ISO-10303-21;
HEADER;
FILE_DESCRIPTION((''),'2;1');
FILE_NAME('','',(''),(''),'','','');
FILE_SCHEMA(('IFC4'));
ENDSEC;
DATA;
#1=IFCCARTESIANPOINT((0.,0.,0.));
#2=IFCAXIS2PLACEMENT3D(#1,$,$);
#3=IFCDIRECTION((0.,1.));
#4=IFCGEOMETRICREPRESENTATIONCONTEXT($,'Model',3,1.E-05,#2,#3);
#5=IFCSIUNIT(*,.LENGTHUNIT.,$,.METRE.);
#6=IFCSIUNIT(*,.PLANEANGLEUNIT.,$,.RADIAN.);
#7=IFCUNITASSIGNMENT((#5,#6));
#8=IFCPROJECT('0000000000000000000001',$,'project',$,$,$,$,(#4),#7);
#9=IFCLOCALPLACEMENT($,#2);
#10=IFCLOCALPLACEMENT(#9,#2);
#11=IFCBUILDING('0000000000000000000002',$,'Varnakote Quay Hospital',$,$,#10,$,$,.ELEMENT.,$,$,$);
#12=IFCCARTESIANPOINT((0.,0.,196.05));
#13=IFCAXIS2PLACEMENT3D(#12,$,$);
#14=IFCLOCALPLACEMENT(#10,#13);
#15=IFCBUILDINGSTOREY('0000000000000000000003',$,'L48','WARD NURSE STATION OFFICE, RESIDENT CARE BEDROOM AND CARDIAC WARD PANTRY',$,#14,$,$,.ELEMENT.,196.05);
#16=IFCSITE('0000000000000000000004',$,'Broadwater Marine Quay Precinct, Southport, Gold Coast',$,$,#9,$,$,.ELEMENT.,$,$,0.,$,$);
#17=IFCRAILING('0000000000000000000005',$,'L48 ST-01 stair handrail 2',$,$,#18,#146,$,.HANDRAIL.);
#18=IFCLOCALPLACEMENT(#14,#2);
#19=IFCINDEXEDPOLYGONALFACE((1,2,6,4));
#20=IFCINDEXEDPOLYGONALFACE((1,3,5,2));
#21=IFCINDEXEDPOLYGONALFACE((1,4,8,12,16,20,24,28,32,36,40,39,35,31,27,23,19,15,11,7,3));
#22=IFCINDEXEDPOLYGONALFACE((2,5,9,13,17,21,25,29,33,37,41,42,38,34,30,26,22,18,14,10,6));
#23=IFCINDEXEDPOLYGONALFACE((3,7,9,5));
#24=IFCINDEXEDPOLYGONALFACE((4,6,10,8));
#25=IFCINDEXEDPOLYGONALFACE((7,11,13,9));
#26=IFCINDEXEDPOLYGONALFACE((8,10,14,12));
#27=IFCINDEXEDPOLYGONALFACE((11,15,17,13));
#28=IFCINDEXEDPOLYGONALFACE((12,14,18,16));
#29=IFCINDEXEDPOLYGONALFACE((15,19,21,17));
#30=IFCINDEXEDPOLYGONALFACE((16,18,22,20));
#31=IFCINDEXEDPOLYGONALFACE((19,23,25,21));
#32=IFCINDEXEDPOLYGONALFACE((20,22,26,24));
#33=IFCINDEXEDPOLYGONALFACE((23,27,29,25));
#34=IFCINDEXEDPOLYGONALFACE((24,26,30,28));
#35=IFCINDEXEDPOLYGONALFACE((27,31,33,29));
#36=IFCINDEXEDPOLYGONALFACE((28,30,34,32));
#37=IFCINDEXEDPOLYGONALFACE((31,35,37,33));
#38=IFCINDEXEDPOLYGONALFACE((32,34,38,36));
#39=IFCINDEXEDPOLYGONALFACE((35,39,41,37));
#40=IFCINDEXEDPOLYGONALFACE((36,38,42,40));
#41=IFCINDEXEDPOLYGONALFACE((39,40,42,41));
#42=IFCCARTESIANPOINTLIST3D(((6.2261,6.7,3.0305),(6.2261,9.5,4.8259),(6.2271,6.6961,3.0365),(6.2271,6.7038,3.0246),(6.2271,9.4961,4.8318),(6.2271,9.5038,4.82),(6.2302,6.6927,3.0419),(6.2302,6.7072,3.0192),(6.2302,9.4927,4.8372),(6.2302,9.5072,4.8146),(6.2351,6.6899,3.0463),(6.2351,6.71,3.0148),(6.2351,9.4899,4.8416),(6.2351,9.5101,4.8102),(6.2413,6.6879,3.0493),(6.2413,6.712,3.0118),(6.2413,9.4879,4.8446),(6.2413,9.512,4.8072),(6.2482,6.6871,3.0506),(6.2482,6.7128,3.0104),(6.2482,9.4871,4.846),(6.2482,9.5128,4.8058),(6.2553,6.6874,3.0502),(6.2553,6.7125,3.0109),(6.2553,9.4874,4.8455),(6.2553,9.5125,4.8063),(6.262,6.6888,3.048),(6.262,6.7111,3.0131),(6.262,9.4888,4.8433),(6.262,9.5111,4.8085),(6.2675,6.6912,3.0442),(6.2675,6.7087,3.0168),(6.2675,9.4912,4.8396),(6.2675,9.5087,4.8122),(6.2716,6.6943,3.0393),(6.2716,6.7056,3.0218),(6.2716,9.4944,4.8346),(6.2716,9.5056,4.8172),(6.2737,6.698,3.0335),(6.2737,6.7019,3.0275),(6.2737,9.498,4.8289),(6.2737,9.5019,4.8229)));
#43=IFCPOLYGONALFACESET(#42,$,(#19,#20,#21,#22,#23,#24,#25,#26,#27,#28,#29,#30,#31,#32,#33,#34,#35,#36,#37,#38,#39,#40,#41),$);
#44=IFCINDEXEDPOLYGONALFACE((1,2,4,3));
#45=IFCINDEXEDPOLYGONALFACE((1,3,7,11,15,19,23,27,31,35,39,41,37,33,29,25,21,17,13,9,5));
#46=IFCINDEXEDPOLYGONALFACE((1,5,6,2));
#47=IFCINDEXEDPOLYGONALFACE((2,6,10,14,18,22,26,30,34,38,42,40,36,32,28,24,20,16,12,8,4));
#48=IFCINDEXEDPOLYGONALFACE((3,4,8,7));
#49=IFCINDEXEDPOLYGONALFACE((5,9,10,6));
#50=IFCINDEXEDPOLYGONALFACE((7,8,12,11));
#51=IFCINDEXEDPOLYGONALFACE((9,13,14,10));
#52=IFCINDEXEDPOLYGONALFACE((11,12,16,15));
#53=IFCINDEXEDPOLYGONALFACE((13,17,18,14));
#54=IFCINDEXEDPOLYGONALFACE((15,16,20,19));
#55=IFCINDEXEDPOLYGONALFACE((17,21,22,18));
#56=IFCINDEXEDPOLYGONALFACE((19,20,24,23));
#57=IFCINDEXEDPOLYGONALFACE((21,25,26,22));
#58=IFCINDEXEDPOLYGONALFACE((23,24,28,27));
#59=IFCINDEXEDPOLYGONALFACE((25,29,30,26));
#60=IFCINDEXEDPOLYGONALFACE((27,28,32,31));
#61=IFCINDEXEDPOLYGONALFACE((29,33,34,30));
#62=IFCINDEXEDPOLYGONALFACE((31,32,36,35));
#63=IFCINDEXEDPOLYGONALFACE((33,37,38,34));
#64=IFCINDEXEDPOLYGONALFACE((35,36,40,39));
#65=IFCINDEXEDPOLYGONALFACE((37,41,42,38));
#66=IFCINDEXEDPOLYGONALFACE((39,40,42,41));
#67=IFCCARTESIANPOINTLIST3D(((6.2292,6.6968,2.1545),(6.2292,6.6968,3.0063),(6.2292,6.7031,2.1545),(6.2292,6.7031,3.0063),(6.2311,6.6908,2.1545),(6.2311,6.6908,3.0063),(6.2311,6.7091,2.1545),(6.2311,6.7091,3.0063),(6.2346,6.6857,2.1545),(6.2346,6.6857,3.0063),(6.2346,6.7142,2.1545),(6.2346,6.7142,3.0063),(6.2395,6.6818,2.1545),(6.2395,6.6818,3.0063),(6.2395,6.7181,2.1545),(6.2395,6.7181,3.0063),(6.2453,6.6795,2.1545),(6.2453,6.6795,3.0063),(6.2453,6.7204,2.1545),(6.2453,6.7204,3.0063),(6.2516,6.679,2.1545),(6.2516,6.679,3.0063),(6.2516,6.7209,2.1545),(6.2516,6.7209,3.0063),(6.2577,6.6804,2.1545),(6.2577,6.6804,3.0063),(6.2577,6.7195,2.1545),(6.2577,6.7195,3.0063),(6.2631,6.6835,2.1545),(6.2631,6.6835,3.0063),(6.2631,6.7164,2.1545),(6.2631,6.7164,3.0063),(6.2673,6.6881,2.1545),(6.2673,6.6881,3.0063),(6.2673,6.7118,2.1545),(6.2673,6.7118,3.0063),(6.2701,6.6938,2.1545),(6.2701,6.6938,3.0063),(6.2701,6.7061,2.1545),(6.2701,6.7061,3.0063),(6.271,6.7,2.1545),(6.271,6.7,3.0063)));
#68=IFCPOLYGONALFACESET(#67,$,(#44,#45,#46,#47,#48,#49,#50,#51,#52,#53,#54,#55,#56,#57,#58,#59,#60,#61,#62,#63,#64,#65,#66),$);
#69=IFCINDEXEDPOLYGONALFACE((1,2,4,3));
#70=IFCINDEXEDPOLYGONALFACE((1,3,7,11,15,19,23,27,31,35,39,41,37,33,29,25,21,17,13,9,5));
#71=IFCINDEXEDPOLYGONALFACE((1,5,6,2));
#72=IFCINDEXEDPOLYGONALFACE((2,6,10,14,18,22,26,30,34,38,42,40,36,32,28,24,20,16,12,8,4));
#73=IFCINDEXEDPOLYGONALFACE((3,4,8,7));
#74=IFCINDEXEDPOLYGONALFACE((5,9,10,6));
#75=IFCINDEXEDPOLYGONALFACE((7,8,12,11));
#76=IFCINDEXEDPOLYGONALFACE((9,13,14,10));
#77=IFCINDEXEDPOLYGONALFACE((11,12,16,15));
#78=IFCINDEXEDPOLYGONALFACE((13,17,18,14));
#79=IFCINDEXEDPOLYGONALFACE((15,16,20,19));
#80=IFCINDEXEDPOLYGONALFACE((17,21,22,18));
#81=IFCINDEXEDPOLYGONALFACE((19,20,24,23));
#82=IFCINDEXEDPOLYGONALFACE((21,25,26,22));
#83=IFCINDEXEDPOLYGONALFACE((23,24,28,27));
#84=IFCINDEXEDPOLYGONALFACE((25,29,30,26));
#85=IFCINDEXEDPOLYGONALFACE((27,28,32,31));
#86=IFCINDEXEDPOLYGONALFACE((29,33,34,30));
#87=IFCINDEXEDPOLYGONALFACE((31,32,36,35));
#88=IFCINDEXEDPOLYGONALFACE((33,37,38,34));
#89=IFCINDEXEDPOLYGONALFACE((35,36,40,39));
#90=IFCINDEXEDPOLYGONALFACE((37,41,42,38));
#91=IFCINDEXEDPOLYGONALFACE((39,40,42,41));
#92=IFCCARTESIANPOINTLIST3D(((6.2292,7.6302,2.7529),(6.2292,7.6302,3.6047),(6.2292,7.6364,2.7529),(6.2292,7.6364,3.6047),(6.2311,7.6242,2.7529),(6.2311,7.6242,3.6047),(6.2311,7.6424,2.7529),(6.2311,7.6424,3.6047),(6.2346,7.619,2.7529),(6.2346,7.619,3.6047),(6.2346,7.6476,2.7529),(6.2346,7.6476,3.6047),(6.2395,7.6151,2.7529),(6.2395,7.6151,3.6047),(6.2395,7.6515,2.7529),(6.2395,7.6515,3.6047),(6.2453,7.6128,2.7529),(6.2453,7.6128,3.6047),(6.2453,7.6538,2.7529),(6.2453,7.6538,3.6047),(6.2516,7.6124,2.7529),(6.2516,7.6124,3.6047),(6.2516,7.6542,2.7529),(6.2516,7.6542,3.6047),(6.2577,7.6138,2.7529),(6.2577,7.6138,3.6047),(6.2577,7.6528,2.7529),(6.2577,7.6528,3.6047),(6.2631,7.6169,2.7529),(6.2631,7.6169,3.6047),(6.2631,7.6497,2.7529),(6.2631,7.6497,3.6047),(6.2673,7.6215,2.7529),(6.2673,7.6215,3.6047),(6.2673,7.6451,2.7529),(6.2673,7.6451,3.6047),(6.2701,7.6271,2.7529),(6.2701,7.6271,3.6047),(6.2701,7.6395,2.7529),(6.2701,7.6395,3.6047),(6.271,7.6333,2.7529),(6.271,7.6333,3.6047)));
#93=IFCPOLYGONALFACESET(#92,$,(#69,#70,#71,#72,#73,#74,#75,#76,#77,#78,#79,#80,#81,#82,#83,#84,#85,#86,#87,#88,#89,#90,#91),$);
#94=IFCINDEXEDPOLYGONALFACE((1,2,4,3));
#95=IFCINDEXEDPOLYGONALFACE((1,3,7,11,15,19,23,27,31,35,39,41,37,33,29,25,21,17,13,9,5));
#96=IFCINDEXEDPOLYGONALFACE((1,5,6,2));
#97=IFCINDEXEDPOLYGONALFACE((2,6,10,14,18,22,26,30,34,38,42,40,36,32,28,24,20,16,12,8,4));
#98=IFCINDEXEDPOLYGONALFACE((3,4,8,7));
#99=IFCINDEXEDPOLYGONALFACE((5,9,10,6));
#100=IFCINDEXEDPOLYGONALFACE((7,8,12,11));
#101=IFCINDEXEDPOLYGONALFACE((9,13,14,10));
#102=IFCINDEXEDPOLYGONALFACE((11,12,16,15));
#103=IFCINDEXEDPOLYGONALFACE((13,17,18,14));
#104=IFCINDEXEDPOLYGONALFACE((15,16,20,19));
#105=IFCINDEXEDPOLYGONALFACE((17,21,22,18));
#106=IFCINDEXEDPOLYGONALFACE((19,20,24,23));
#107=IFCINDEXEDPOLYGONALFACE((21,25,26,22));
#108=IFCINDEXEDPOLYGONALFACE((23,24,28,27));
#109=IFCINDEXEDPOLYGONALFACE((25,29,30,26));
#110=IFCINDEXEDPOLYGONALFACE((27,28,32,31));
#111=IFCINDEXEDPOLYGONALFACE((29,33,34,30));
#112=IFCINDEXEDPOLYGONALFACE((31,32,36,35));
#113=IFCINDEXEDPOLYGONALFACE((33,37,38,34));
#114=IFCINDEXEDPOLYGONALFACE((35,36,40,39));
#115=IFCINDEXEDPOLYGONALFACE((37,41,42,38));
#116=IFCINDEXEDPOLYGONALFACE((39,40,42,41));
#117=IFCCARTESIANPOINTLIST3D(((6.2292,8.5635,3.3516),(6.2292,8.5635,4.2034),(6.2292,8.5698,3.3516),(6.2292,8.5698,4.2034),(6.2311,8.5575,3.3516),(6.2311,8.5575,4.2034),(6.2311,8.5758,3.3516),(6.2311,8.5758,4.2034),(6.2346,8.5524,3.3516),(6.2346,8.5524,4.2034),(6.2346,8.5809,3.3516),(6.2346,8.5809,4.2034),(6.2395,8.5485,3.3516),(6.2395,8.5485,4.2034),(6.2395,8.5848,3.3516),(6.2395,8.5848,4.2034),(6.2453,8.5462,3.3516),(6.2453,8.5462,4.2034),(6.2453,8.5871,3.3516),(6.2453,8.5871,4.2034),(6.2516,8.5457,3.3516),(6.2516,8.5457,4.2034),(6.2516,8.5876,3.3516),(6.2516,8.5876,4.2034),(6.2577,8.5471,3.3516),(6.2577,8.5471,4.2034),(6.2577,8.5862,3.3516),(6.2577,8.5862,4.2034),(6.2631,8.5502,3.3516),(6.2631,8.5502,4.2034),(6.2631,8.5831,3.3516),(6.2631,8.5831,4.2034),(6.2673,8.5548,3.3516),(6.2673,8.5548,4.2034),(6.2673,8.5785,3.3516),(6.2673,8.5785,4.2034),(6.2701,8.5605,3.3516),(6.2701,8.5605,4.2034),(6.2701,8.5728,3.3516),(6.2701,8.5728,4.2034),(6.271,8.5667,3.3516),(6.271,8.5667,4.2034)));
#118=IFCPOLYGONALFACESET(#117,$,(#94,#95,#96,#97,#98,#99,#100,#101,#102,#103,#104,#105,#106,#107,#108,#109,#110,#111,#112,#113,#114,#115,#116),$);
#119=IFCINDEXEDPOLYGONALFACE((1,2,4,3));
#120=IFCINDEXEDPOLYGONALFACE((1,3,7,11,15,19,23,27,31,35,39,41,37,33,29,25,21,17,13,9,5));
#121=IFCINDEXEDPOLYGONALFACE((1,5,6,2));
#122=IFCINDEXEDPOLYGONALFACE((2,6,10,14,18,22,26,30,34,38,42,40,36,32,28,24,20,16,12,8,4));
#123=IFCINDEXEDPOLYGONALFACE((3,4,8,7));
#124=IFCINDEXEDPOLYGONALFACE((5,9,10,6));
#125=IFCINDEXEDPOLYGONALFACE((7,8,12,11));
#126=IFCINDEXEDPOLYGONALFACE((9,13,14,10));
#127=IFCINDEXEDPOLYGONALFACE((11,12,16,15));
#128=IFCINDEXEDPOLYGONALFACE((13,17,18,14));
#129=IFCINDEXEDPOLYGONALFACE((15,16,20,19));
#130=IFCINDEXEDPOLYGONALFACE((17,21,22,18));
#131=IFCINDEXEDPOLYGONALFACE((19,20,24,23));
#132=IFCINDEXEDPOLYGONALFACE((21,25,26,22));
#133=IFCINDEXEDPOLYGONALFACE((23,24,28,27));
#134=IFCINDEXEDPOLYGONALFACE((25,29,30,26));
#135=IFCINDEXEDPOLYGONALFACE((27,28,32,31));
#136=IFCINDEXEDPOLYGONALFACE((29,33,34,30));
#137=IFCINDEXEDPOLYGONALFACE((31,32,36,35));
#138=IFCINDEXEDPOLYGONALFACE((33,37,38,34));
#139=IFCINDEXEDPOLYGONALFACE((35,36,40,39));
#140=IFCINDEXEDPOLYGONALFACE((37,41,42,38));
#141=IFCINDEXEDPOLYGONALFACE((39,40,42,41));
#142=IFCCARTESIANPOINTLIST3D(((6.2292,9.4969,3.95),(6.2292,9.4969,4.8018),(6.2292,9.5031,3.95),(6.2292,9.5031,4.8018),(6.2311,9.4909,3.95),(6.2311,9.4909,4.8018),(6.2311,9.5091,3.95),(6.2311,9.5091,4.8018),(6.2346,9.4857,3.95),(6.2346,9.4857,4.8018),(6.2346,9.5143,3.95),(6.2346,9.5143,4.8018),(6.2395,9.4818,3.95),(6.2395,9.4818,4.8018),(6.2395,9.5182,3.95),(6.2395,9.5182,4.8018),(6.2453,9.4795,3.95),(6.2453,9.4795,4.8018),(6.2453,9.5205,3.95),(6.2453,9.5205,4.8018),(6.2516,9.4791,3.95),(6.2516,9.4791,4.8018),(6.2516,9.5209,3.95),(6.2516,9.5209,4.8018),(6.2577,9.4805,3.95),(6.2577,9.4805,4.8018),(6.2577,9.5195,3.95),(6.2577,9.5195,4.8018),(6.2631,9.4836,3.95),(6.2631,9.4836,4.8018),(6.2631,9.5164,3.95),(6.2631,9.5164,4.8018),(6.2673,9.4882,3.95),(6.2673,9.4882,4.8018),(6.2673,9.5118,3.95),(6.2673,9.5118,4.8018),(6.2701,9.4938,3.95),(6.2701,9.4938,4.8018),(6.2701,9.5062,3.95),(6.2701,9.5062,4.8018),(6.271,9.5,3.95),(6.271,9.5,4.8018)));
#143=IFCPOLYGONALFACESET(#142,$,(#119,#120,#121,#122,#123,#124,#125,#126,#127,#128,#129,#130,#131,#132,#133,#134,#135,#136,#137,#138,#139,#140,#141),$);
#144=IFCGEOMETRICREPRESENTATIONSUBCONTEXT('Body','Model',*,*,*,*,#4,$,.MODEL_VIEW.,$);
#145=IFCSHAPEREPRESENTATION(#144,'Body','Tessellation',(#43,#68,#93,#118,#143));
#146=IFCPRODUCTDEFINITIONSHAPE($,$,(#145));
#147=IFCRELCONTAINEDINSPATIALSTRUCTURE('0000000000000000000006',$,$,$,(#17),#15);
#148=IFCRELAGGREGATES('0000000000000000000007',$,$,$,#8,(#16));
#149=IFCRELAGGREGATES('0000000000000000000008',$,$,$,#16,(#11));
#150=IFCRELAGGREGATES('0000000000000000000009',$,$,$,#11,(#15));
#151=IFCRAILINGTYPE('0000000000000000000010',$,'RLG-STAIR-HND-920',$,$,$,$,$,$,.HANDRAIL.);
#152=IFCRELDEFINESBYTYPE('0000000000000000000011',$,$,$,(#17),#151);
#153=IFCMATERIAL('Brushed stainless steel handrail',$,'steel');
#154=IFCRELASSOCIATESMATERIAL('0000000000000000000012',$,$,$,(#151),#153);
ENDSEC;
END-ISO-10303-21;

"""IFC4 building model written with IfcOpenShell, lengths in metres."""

from ifc_helpers import new_model, si_unit, direction, frame, origin, origin_2d, place, context, subcontext, project, spatial, circle, extrude, material, type_object, element, save


model = new_model("IFC4")

# Units and contexts
model_context = context("Model", 3, precision=1e-05, world=origin(), true_north=direction((0.0, 1.0)))
body_context = subcontext(model_context, "Body", "Model", "MODEL_VIEW")
ifc_project = project(units=[si_unit("LENGTHUNIT", "METRE"), si_unit("PLANEANGLEUNIT", "RADIAN")], contexts=[model_context])

# Site, building, storey
site_placement = place(None, origin())
site = spatial("IfcSite", under=ifc_project, at=site_placement, Name="Broadwater Marine Quay Precinct, Southport, Gold Coast", CompositionType="ELEMENT", RefElevation=0.0)
building_placement = place(site_placement, origin())
building = spatial("IfcBuilding", under=site, at=building_placement, Name="Varnakote Quay Hospital", CompositionType="ELEMENT")
storey_placement = place(building_placement, frame((0.0, 0.0, 196.05)))
storey = spatial("IfcBuildingStorey", under=building, at=storey_placement, Name="L48", Description="WARD NURSE STATION OFFICE, RESIDENT CARE BEDROOM AND CARDIAC WARD PANTRY", CompositionType="ELEMENT", Elevation=196.05)

# Railing
ifc_material_1 = material(Name="Brushed stainless steel handrail", Category="steel")
railing_type_1 = type_object("IfcRailingType", Name="RLG-STAIR-HND-920", PredefinedType="HANDRAIL", material=ifc_material_1)
railing_1_placement = place(storey_placement, frame((6.25, 6.7, 2.1545)))
element("IfcRailing", 1, at=railing_1_placement, inside=storey, type_object=railing_type_1, Name="L48 ST-01 stair handrail 2", PredefinedType="HANDRAIL", context=body_context, shape_type="SweptSolid", body=[
    extrude(circle(Radius=0.0239, at=origin_2d()), frame((0.0, 0.0, 0.876), z_axis=(0.0, 0.84181, 0.539774), x_axis=(-1.0, 0.0, 0.0)), (0.0, 0.0, 1.0), 3.3262),
    extrude(circle(Radius=0.021, at=origin_2d()), origin(), (0.0, 0.0, 1.0), 0.8518),
    extrude(circle(Radius=0.021, at=origin_2d()), frame((0.0, 0.9333, 0.5984)), (0.0, 0.0, 1.0), 0.8518),
    extrude(circle(Radius=0.021, at=origin_2d()), frame((0.0, 1.8667, 1.197)), (0.0, 0.0, 1.0), 0.8518),
    extrude(circle(Radius=0.021, at=origin_2d()), frame((0.0, 2.8, 1.7954)), (0.0, 0.0, 1.0), 0.8518),
])

save(model, "model.ifc")
